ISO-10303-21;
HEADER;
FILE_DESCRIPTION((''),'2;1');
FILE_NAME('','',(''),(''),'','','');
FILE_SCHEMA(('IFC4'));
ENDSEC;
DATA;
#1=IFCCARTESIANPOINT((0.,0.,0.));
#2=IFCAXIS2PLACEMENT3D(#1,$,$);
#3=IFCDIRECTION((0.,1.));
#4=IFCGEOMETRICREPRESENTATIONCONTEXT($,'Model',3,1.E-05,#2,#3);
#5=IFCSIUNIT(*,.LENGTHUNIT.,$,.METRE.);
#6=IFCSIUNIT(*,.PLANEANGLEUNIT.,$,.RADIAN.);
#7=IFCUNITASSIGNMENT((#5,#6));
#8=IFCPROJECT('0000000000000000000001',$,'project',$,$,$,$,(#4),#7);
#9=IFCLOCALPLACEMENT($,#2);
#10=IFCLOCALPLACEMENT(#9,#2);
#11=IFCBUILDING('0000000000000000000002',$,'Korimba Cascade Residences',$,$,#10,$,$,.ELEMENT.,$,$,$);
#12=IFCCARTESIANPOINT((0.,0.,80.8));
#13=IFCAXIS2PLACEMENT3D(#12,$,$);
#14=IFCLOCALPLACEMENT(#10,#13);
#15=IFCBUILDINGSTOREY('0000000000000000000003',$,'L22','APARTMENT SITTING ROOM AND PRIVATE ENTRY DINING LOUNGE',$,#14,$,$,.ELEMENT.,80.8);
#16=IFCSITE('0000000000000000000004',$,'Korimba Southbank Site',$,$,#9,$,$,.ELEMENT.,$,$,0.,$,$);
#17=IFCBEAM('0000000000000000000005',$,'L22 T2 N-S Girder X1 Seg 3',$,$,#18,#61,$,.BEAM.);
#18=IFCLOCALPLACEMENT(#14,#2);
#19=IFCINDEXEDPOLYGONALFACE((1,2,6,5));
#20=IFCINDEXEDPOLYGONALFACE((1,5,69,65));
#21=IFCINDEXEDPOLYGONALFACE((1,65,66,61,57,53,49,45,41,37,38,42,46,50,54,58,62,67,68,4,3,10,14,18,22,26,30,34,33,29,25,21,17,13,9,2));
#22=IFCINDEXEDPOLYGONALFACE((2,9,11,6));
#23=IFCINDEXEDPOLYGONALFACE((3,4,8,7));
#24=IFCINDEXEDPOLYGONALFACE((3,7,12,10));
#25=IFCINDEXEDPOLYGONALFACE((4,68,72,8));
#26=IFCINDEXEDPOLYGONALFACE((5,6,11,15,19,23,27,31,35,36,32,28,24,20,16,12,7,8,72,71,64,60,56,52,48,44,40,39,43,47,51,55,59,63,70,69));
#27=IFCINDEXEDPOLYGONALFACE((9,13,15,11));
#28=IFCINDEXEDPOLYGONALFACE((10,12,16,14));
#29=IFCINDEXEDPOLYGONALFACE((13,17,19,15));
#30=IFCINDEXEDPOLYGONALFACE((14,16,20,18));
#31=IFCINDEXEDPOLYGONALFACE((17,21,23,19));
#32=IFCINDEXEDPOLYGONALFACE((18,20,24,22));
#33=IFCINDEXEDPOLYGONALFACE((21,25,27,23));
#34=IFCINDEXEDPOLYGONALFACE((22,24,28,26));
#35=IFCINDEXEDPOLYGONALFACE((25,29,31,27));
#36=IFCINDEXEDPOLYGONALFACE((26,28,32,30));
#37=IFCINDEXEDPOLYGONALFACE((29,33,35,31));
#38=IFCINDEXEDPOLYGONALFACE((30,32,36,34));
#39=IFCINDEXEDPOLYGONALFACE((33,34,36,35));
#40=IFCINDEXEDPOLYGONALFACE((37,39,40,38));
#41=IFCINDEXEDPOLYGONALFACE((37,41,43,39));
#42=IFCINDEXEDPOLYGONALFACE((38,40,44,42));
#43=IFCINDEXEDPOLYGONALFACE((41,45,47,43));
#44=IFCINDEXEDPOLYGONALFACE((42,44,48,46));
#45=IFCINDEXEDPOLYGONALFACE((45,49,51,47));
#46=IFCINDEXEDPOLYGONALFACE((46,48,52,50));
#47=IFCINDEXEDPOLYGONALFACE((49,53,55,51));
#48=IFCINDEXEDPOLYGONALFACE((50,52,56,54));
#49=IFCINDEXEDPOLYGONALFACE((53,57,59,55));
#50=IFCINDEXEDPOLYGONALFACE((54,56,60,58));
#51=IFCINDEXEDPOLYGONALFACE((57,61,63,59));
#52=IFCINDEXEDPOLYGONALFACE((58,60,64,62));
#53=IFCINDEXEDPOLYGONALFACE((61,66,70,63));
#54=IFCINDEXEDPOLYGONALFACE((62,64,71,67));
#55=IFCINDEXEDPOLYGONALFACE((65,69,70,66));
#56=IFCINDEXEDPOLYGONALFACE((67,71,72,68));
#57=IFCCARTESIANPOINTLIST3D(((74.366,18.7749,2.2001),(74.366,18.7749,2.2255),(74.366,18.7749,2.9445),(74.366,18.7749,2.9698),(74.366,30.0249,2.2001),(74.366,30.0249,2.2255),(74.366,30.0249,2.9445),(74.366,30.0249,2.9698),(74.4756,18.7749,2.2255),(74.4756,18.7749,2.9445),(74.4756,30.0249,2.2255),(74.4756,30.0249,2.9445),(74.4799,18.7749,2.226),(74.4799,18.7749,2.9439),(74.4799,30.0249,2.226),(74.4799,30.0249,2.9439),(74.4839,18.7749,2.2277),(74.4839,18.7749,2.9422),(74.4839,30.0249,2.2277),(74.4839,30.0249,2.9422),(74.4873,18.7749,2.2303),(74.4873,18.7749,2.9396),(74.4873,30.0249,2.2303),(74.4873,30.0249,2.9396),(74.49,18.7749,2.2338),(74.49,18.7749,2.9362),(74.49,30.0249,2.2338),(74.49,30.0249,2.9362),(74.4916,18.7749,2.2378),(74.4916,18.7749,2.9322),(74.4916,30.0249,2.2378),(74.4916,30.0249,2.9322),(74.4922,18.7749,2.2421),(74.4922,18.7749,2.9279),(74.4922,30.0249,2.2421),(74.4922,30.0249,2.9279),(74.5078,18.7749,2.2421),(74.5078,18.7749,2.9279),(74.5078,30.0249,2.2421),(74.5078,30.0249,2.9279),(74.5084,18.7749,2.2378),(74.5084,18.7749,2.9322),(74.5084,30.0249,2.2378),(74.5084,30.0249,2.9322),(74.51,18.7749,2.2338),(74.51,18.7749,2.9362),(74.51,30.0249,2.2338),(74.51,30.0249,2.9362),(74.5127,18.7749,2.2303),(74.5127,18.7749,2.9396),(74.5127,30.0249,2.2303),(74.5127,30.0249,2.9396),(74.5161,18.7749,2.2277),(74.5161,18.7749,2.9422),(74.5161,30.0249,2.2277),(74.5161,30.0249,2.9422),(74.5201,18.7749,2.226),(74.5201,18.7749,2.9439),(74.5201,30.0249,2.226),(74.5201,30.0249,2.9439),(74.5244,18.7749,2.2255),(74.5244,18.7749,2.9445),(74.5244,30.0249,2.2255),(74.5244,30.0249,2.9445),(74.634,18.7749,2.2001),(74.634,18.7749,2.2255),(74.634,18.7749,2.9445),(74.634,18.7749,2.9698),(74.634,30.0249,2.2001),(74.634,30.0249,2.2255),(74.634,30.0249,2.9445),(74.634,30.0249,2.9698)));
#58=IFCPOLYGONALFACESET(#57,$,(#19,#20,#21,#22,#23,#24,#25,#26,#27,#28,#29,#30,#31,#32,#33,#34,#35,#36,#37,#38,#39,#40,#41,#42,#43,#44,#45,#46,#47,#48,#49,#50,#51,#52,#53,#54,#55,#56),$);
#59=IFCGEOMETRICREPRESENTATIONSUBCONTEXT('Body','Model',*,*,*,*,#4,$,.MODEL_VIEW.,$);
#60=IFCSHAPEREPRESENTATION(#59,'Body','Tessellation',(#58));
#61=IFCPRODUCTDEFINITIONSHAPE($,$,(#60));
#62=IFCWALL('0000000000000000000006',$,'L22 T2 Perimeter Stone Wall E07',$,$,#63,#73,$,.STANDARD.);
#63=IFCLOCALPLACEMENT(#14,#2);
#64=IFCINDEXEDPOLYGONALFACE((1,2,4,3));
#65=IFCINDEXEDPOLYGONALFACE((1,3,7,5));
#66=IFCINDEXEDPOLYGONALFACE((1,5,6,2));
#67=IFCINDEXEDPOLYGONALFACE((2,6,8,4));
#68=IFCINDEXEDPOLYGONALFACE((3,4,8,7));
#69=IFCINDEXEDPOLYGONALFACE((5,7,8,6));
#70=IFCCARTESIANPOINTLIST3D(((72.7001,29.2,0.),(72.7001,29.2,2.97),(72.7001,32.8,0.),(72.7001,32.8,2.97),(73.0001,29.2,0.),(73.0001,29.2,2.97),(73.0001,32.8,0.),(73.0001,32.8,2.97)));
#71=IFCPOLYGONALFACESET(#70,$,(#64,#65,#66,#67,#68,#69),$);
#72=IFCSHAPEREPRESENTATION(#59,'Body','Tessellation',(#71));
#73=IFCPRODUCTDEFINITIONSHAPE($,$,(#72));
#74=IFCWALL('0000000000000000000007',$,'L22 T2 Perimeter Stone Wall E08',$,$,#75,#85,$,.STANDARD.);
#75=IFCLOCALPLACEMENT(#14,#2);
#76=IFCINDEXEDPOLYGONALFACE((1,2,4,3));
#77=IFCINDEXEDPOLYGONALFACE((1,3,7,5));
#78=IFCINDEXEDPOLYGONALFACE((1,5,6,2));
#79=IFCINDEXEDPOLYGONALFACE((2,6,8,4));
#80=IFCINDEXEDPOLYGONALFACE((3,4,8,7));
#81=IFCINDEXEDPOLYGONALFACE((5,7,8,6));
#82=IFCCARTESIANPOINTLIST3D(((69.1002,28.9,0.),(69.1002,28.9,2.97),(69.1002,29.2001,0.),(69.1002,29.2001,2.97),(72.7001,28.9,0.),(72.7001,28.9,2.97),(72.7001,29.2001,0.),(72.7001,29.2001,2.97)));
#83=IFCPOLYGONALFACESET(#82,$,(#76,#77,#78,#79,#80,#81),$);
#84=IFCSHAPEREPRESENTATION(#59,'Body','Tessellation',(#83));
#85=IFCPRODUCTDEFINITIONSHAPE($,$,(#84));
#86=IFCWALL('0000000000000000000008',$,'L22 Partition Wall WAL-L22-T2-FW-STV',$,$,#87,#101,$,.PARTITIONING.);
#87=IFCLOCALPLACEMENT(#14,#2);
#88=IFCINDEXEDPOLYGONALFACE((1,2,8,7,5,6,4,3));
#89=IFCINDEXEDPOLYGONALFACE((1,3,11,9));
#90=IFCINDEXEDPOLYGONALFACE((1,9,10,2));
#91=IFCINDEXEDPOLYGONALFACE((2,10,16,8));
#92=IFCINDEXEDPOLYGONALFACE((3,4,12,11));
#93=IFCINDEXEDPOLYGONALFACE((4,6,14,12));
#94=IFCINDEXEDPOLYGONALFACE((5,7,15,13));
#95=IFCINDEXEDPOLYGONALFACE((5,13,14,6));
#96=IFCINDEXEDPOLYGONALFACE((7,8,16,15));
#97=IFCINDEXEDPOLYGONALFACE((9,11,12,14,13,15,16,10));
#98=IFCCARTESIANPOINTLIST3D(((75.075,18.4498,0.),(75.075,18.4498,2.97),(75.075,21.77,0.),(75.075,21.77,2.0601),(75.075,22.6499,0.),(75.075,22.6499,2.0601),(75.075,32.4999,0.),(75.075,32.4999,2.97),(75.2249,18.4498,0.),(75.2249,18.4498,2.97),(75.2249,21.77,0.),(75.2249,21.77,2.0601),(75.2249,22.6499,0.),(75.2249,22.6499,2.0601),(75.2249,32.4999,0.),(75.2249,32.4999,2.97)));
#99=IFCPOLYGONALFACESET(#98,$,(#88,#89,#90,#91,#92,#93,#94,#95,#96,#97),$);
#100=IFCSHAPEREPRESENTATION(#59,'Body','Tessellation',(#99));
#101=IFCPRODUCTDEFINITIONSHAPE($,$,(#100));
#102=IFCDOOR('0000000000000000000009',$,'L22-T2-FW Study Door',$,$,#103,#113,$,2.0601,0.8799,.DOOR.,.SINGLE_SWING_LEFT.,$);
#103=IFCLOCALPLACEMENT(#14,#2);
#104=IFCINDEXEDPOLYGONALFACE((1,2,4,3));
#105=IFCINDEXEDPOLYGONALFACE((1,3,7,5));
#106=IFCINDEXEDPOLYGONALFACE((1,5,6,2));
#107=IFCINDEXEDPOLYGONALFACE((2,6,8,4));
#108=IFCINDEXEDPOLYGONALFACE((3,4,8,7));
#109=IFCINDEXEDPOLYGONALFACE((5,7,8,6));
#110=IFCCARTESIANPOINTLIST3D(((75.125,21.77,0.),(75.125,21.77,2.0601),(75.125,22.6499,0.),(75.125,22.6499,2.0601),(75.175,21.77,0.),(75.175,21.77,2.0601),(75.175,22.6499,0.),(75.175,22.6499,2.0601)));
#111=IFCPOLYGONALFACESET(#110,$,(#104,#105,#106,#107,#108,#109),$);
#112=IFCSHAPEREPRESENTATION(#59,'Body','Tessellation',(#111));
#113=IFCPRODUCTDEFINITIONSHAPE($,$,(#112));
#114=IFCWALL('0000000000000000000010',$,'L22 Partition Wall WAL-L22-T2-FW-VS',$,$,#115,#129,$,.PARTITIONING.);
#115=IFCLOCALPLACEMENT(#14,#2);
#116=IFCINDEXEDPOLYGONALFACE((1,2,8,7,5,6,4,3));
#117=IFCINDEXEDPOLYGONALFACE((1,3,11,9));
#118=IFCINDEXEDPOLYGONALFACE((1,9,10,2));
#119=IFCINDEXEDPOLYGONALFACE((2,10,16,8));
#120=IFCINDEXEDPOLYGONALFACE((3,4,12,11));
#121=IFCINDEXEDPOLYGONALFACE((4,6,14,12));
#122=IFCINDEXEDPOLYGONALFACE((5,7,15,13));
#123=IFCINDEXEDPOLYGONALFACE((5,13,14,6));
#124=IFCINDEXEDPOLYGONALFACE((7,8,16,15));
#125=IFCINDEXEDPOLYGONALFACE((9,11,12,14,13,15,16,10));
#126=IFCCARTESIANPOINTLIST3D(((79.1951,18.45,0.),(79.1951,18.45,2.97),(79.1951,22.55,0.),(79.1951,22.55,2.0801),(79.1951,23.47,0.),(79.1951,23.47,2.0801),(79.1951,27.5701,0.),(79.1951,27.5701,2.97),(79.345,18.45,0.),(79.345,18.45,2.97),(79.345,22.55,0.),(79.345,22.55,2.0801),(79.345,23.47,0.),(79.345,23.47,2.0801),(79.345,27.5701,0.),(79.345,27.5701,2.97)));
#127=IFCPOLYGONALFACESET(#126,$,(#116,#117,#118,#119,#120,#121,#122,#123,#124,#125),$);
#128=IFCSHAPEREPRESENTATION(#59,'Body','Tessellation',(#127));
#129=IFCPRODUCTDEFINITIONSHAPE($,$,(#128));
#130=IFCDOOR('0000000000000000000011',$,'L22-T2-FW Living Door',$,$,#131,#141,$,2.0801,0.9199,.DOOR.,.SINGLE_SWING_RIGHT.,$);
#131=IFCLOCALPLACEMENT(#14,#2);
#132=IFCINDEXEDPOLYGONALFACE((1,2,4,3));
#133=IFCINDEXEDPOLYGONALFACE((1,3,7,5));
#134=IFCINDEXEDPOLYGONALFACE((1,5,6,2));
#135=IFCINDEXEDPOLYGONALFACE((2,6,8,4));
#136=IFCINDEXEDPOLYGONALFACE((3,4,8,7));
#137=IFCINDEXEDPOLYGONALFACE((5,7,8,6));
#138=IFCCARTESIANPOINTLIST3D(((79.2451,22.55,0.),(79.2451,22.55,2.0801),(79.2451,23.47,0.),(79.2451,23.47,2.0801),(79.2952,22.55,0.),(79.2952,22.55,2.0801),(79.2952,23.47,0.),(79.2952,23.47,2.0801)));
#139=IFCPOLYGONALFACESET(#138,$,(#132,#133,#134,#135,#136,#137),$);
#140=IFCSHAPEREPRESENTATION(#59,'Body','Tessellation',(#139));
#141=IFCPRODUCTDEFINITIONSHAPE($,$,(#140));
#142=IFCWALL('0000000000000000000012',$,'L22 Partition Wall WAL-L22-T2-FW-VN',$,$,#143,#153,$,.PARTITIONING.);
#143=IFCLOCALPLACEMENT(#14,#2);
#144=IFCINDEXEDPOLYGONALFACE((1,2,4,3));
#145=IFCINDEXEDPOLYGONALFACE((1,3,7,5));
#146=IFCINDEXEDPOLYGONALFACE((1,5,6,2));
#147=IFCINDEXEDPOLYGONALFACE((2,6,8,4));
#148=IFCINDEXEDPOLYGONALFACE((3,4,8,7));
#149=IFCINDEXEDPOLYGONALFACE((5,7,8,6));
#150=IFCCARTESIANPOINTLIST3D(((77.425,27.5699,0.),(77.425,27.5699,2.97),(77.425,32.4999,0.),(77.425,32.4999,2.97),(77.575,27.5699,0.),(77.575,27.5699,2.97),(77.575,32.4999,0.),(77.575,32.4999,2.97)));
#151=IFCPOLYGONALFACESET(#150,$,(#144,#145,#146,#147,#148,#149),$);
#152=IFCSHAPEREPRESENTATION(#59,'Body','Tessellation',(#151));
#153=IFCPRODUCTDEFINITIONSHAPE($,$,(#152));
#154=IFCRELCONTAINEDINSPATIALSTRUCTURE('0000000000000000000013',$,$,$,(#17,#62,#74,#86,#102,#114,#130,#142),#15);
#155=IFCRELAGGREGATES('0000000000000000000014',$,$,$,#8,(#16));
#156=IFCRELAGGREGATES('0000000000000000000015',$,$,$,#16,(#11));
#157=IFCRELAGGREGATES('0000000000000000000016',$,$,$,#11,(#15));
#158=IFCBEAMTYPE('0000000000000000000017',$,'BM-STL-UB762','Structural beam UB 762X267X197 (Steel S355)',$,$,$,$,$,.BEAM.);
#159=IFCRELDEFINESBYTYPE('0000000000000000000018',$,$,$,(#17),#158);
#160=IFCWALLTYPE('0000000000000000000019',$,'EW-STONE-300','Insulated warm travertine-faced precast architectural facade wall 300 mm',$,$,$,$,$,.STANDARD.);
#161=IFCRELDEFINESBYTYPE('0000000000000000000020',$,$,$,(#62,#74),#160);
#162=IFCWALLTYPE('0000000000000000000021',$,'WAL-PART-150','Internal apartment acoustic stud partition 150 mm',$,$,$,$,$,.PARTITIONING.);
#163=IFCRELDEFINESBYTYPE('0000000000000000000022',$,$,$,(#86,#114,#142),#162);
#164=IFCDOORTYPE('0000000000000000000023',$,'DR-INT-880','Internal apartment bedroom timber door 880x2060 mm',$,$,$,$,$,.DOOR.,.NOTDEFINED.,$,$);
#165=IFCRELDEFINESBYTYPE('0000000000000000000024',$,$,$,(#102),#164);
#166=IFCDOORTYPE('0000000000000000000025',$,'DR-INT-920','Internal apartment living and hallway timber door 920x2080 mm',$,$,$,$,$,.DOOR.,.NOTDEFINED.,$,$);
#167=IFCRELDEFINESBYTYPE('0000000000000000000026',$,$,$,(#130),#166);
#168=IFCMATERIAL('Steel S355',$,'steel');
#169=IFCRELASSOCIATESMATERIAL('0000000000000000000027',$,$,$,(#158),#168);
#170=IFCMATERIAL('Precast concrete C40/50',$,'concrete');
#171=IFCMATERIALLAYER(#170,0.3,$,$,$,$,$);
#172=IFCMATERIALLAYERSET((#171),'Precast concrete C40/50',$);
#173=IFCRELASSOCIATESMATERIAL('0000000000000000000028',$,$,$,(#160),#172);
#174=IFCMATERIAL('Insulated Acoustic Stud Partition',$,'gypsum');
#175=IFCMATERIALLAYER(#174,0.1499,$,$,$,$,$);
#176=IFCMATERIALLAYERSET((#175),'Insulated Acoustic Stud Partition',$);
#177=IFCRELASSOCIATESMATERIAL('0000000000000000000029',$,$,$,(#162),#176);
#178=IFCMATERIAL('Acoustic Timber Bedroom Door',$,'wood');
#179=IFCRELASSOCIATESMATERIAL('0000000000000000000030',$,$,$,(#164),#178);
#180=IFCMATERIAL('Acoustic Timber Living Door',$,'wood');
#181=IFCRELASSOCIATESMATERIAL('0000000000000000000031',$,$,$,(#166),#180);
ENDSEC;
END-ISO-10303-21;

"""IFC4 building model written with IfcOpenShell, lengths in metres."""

from ifc_helpers import new_model, si_unit, direction, frame, frame_2d, origin, origin_2d, place, context, subcontext, project, spatial, rectangle, i_section, extrude, material, layer, layer_set, material_profile, profile_set, type_object, element, fill, save


model = new_model("IFC4")

# Units and contexts
model_context = context("Model", 3, precision=1e-05, world=origin(), true_north=direction((0.0, 1.0)))
body_context = subcontext(model_context, "Body", "Model", "MODEL_VIEW")
ifc_project = project(units=[si_unit("LENGTHUNIT", "METRE"), si_unit("PLANEANGLEUNIT", "RADIAN")], contexts=[model_context])

# Site, building, storey
site_placement = place(None, origin())
site = spatial("IfcSite", under=ifc_project, at=site_placement, Name="Korimba Southbank Site", CompositionType="ELEMENT", RefElevation=0.0)
building_placement = place(site_placement, origin())
building = spatial("IfcBuilding", under=site, at=building_placement, Name="Korimba Cascade Residences", CompositionType="ELEMENT")
storey_placement = place(building_placement, frame((0.0, 0.0, 80.8)))
storey = spatial("IfcBuildingStorey", under=building, at=storey_placement, Name="L22", Description="APARTMENT SITTING ROOM AND PRIVATE ENTRY DINING LOUNGE", CompositionType="ELEMENT", Elevation=80.8)

# Beam
ifc_material_1 = material(Name="Precast concrete C40/50", Category="concrete")
ifc_material_2 = material(Name="Steel S355", Category="steel")
ifc_material_profile_1 = material_profile(ifc_material_2, i_section(OverallWidth=0.2681, OverallDepth=0.7698, WebThickness=0.0156, FlangeThickness=0.0254, FilletRadius=0.0166, at=origin_2d()), Name="Steel S355")
ifc_profile_set_1 = profile_set([ifc_material_profile_1], Name="Steel S355")
beam_type_1 = type_object("IfcBeamType", Name="BM-STL-UB762", Description="Structural beam UB 762X267X197 (Steel S355)", PredefinedType="BEAM", material=ifc_profile_set_1)
beam_1_placement = place(storey_placement, frame((74.5, 18.7749, 2.585), z_axis=(0.0, 1.0, 0.0), x_axis=(-1.0, 0.0, 0.0)))
element("IfcBeam", 1, at=beam_1_placement, inside=storey, type_object=beam_type_1, Name="L22 T2 N-S Girder X1 Seg 3", PredefinedType="BEAM", context=body_context, shape_type="SweptSolid", body=[
    extrude(i_section(OverallWidth=0.2681, OverallDepth=0.7698, WebThickness=0.0156, FlangeThickness=0.0254, FilletRadius=0.0166, at=origin_2d()), origin(), (0.0, 0.0, 1.0), 11.25),
])

# Walls
ifc_layer_1 = layer(ifc_material_1, 0.3)
ifc_layer_set_1 = layer_set([ifc_layer_1], Name="Precast concrete C40/50")
wall_type_1 = type_object("IfcWallType", Name="EW-STONE-300", Description="Insulated warm travertine-faced precast architectural facade wall 300 mm", PredefinedType="STANDARD", material=ifc_layer_set_1)
wall_1_placement = place(storey_placement, frame((72.8501, 32.8, 0.0), z_axis=(0.0, 0.0, 1.0), x_axis=(0.0, -1.0, 0.0)))
element("IfcWall", 2, at=wall_1_placement, inside=storey, type_object=wall_type_1, Name="L22 T2 Perimeter Stone Wall E07", PredefinedType="STANDARD", context=body_context, shape_type="SweptSolid", body=[
    extrude(rectangle(XDim=3.6001, YDim=0.3, at=frame_2d((1.8, 0.0))), origin(), (0.0, 0.0, 1.0), 2.97),
])
wall_2_placement = place(storey_placement, frame((72.7, 29.05, 0.0), z_axis=(0.0, 0.0, 1.0), x_axis=(-1.0, 0.0, 0.0)))
element("IfcWall", 3, at=wall_2_placement, inside=storey, type_object=wall_type_1, Name="L22 T2 Perimeter Stone Wall E08", PredefinedType="STANDARD", context=body_context, shape_type="SweptSolid", body=[
    extrude(rectangle(XDim=3.5999, YDim=0.3, at=frame_2d((1.7998, 0.0))), origin(), (0.0, 0.0, 1.0), 2.97),
])

# Walls, openings, doors
ifc_material_3 = material(Name="Insulated Acoustic Stud Partition", Category="gypsum")
ifc_layer_2 = layer(ifc_material_3, 0.1499)
ifc_layer_set_2 = layer_set([ifc_layer_2], Name="Insulated Acoustic Stud Partition")
wall_type_2 = type_object("IfcWallType", Name="WAL-PART-150", Description="Internal apartment acoustic stud partition 150 mm", PredefinedType="PARTITIONING", material=ifc_layer_set_2)
wall_3_placement = place(storey_placement, frame((75.1499, 18.45, 0.0), z_axis=(0.0, 0.0, 1.0), x_axis=(0.0, 1.0, 0.0)))
wall_3 = element("IfcWall", 4, at=wall_3_placement, inside=storey, type_object=wall_type_2, Name="L22 Partition Wall WAL-L22-T2-FW-STV", PredefinedType="PARTITIONING", context=body_context, shape_type="SweptSolid", body=[
    extrude(rectangle(XDim=14.05, YDim=0.1499, at=frame_2d((7.0249, 0.0))), origin(), (0.0, 0.0, 1.0), 2.97),
])
opening_1_placement = place(wall_3_placement, frame((3.3201, 0.0, 0.0)))
opening_1 = element("IfcOpeningElement", 5, at=opening_1_placement, cuts=wall_3, PredefinedType="OPENING", context=body_context, shape_type="SweptSolid", body=[
    extrude(rectangle(XDim=0.8799, YDim=2.0601, at=frame_2d((0.4399, 1.03))), frame((0.0, 0.085, 0.0), z_axis=(0.0, -1.0, 0.0), x_axis=(1.0, 0.0, 0.0)), (0.0, 0.0, 1.0), 0.1699),
])
ifc_material_4 = material(Name="Acoustic Timber Bedroom Door", Category="wood")
door_type_1 = type_object("IfcDoorType", Name="DR-INT-880", Description="Internal apartment bedroom timber door 880x2060 mm", OperationType="NOTDEFINED", PredefinedType="DOOR", material=ifc_material_4)
door_1_placement = place(opening_1_placement, origin())
door_1 = element("IfcDoor", 6, at=door_1_placement, inside=storey, type_object=door_type_1, Name="L22-T2-FW Study Door", OperationType="SINGLE_SWING_LEFT", OverallHeight=2.0601, OverallWidth=0.8799, PredefinedType="DOOR", context=body_context, shape_type="SweptSolid", body=[
    extrude(rectangle(XDim=0.8799, YDim=2.0601, at=frame_2d((0.4399, 1.03))), frame((0.0, 0.0249, 0.0), z_axis=(0.0, -1.0, 0.0), x_axis=(1.0, 0.0, 0.0)), (0.0, 0.0, 1.0), 0.05),
])
fill(opening_1, door_1)
wall_4_placement = place(storey_placement, frame((79.27, 18.45, 0.0), z_axis=(0.0, 0.0, 1.0), x_axis=(0.0, 1.0, 0.0)))
wall_4 = element("IfcWall", 7, at=wall_4_placement, inside=storey, type_object=wall_type_2, Name="L22 Partition Wall WAL-L22-T2-FW-VS", PredefinedType="PARTITIONING", context=body_context, shape_type="SweptSolid", body=[
    extrude(rectangle(XDim=9.1201, YDim=0.1499, at=frame_2d((4.5601, 0.0))), origin(), (0.0, 0.0, 1.0), 2.97),
])
opening_2_placement = place(wall_4_placement, frame((4.1001, 0.0, 0.0)))
opening_2 = element("IfcOpeningElement", 8, at=opening_2_placement, cuts=wall_4, PredefinedType="OPENING", context=body_context, shape_type="SweptSolid", body=[
    extrude(rectangle(XDim=0.9199, YDim=2.0801, at=frame_2d((0.46, 1.04))), frame((0.0, 0.085, 0.0), z_axis=(0.0, -1.0, 0.0), x_axis=(1.0, 0.0, 0.0)), (0.0, 0.0, 1.0), 0.1699),
])
ifc_material_5 = material(Name="Acoustic Timber Living Door", Category="wood")
door_type_2 = type_object("IfcDoorType", Name="DR-INT-920", Description="Internal apartment living and hallway timber door 920x2080 mm", OperationType="NOTDEFINED", PredefinedType="DOOR", material=ifc_material_5)
door_2_placement = place(opening_2_placement, origin())
door_2 = element("IfcDoor", 9, at=door_2_placement, inside=storey, type_object=door_type_2, Name="L22-T2-FW Living Door", OperationType="SINGLE_SWING_RIGHT", OverallHeight=2.0801, OverallWidth=0.9199, PredefinedType="DOOR", context=body_context, shape_type="SweptSolid", body=[
    extrude(rectangle(XDim=0.9199, YDim=2.0801, at=frame_2d((0.46, 1.04))), frame((0.0, 0.0249, 0.0), z_axis=(0.0, -1.0, 0.0), x_axis=(1.0, 0.0, 0.0)), (0.0, 0.0, 1.0), 0.05),
])
fill(opening_2, door_2)

# Wall
wall_5_placement = place(storey_placement, frame((77.5, 27.5701, 0.0), z_axis=(0.0, 0.0, 1.0), x_axis=(0.0, 1.0, 0.0)))
element("IfcWall", 10, at=wall_5_placement, inside=storey, type_object=wall_type_2, Name="L22 Partition Wall WAL-L22-T2-FW-VN", PredefinedType="PARTITIONING", context=body_context, shape_type="SweptSolid", body=[
    extrude(rectangle(XDim=4.9299, YDim=0.1499, at=frame_2d((2.4648, 0.0))), origin(), (0.0, 0.0, 1.0), 2.97),
])

save(model, "model.ifc")
